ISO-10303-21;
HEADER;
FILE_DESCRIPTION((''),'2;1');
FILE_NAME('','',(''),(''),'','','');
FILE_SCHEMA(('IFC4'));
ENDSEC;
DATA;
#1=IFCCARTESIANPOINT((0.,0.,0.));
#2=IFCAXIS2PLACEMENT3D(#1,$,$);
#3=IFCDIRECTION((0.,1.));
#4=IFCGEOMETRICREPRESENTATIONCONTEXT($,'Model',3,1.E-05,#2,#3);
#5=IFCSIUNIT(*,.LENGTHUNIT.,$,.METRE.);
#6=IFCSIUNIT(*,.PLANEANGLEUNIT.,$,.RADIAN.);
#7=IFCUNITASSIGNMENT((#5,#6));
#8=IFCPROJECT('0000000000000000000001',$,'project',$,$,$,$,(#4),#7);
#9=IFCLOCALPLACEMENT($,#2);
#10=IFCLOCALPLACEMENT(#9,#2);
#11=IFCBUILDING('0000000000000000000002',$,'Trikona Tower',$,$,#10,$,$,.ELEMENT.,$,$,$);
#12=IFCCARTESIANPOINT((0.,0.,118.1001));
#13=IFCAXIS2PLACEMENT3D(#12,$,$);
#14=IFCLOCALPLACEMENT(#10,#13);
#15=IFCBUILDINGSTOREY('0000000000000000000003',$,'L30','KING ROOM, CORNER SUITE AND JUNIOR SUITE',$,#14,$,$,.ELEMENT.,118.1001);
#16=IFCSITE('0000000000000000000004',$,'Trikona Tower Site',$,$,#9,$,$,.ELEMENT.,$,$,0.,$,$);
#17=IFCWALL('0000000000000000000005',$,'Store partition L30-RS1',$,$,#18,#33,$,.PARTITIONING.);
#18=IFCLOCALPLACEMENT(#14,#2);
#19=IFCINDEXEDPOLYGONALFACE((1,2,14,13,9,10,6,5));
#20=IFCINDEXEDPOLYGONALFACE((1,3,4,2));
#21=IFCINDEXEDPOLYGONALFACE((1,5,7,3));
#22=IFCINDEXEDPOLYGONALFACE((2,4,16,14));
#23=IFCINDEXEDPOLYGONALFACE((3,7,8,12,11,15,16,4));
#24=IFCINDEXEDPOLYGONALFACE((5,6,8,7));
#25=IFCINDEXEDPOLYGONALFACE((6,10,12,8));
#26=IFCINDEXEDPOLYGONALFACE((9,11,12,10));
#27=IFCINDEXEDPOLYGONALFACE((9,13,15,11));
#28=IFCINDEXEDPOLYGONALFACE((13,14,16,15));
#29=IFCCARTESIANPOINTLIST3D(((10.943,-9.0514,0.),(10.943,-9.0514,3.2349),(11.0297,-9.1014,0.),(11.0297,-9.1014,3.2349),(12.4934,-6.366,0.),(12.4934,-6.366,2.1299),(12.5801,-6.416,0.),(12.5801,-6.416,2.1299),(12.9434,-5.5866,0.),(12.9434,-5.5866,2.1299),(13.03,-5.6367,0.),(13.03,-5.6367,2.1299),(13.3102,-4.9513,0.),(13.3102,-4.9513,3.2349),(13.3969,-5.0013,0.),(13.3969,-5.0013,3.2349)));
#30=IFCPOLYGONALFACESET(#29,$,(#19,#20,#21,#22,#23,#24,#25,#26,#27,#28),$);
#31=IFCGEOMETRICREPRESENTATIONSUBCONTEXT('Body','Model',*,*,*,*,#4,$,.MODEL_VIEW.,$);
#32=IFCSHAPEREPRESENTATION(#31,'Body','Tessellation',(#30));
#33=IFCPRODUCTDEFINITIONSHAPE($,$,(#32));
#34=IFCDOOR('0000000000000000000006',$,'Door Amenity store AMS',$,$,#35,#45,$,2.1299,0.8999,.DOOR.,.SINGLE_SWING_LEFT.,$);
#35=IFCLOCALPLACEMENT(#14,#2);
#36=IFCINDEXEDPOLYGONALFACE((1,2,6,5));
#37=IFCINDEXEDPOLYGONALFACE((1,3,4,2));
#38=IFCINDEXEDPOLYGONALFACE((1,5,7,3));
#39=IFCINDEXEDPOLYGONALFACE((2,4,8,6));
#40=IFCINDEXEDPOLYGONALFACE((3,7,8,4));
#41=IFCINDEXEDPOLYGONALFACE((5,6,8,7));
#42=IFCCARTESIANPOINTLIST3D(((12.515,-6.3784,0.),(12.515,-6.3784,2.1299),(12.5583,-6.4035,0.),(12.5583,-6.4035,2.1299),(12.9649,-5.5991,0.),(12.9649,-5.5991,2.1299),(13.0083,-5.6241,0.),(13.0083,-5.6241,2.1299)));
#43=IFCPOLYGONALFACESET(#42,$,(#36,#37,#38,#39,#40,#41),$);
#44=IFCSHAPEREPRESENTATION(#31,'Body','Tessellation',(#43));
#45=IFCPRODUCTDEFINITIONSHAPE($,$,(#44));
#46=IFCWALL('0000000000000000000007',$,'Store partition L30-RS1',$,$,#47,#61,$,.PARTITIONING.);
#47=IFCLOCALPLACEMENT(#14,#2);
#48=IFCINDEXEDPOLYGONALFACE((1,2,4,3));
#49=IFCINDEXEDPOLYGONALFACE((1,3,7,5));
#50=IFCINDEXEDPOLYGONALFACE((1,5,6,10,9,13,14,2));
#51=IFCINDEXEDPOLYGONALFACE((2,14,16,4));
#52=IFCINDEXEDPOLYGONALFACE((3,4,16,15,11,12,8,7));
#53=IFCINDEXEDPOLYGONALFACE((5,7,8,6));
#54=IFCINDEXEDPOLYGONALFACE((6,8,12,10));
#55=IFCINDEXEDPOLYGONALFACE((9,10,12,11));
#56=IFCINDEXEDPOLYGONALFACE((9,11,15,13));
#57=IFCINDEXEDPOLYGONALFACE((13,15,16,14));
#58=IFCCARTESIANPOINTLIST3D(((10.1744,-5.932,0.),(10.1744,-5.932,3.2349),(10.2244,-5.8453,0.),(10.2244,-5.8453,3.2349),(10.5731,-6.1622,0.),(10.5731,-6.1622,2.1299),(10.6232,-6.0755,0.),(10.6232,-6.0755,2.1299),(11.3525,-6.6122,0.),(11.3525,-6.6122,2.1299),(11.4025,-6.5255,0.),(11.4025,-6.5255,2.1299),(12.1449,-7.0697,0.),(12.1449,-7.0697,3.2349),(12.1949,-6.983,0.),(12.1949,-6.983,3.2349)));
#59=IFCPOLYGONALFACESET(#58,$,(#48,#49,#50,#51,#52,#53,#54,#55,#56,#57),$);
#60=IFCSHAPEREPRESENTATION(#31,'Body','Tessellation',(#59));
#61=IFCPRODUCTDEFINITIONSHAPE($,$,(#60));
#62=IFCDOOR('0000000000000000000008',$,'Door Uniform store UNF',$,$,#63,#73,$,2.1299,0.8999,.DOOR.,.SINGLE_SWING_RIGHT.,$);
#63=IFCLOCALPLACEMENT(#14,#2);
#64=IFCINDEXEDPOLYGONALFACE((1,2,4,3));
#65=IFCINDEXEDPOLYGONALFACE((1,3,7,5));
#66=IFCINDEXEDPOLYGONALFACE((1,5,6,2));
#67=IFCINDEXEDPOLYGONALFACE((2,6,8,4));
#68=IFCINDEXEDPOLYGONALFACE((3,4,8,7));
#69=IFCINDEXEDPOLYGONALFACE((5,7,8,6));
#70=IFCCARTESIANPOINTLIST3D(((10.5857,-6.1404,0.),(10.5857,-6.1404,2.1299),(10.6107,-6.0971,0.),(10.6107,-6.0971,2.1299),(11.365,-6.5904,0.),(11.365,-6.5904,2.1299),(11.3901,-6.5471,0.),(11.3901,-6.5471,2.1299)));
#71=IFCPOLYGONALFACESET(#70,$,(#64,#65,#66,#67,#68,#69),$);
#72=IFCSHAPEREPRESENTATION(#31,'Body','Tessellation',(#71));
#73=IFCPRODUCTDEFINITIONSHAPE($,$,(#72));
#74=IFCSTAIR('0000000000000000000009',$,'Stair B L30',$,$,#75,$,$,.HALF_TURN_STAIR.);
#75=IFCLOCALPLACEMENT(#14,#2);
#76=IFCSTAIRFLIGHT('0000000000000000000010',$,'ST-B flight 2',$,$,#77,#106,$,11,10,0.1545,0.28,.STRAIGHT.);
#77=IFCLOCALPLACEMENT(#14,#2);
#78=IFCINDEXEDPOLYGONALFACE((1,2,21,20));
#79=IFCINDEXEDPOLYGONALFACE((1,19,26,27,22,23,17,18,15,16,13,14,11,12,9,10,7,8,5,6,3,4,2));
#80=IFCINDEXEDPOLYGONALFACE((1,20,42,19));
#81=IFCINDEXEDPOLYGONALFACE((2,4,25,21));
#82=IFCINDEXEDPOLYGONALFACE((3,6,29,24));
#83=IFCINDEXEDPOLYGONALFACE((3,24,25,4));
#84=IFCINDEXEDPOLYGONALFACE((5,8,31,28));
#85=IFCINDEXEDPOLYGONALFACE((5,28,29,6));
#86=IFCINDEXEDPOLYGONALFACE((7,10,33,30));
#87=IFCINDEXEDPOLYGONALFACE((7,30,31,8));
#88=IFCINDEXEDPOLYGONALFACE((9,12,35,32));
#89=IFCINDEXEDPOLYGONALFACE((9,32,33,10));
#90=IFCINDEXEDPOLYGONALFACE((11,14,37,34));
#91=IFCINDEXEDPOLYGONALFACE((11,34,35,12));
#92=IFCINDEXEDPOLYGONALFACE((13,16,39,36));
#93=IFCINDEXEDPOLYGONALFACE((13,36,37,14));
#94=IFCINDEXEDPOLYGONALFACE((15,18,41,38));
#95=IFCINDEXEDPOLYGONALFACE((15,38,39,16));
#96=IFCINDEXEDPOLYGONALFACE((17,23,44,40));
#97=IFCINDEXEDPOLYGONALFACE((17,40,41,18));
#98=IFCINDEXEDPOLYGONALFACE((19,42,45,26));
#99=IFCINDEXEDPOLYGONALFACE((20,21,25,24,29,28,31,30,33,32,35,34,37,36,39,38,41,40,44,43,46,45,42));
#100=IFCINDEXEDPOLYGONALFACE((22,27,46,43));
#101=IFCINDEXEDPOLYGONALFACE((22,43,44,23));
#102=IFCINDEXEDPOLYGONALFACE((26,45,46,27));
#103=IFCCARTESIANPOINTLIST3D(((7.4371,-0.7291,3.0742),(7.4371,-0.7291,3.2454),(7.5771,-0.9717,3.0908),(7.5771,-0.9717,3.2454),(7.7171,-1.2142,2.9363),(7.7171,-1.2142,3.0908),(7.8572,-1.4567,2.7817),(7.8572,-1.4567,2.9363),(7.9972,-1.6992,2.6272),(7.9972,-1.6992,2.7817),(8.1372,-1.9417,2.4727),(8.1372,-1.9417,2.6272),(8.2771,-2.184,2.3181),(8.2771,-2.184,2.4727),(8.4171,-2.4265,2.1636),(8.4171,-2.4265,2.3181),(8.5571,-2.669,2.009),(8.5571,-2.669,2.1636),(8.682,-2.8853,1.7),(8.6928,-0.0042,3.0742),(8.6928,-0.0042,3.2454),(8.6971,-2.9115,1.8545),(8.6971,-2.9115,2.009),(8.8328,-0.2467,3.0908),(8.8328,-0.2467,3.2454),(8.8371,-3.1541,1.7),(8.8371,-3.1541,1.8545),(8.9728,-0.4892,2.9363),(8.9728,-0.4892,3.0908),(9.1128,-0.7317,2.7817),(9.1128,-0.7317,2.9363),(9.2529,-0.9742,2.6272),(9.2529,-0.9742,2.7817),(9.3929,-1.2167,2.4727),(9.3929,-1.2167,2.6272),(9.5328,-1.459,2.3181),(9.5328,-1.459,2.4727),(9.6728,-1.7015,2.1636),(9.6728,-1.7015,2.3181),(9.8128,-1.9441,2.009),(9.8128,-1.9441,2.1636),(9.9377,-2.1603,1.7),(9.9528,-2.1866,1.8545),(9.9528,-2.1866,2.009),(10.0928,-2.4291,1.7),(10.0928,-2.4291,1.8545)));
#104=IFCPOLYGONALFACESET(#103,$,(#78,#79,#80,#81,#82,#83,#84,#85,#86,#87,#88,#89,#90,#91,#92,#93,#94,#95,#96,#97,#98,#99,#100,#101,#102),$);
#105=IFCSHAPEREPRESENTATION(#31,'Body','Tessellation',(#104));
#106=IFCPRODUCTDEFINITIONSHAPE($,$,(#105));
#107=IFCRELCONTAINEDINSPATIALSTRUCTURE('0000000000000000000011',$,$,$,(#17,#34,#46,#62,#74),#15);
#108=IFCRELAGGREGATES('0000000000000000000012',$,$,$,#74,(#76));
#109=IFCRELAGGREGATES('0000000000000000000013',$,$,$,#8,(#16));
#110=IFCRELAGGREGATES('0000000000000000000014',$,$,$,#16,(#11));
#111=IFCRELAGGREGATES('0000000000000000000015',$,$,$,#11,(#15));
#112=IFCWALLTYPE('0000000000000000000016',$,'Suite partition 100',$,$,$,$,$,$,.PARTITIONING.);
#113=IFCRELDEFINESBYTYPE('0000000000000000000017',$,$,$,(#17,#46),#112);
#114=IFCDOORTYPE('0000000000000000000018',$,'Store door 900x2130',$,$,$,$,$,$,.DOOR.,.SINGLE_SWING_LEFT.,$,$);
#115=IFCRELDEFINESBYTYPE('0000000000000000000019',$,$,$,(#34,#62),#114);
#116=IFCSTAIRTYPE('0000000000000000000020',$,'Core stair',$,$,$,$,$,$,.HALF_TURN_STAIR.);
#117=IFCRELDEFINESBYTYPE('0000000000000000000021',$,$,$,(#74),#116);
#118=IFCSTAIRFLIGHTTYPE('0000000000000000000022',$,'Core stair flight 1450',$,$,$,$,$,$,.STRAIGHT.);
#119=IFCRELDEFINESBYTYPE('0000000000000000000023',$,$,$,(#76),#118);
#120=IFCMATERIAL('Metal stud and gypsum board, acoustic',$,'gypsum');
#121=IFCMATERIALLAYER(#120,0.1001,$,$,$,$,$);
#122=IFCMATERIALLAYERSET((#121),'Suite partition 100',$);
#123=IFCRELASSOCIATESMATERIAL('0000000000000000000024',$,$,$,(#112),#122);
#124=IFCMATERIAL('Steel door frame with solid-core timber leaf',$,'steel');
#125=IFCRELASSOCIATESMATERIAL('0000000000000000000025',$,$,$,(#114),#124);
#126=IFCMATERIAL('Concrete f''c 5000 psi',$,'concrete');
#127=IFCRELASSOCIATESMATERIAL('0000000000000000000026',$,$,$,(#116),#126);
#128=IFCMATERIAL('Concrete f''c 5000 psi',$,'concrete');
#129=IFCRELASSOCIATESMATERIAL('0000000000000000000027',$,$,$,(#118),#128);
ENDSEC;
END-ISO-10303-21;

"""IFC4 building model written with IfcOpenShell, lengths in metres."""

from ifc_helpers import new_model, si_unit, direction, frame, frame_2d, origin, place, context, subcontext, project, spatial, polyline, rectangle, outline, extrude, material, layer, layer_set, type_object, element, fill, aggregate, save


model = new_model("IFC4")

# Units and contexts
model_context = context("Model", 3, precision=1e-05, world=origin(), true_north=direction((0.0, 1.0)))
body_context = subcontext(model_context, "Body", "Model", "MODEL_VIEW")
ifc_project = project(units=[si_unit("LENGTHUNIT", "METRE"), si_unit("PLANEANGLEUNIT", "RADIAN")], contexts=[model_context])

# Site, building, storey
site_placement = place(None, origin())
site = spatial("IfcSite", under=ifc_project, at=site_placement, Name="Trikona Tower Site", CompositionType="ELEMENT", RefElevation=0.0)
building_placement = place(site_placement, origin())
building = spatial("IfcBuilding", under=site, at=building_placement, Name="Trikona Tower", CompositionType="ELEMENT")
storey_placement = place(building_placement, frame((0.0, 0.0, 118.1001)))
storey = spatial("IfcBuildingStorey", under=building, at=storey_placement, Name="L30", Description="KING ROOM, CORNER SUITE AND JUNIOR SUITE", CompositionType="ELEMENT", Elevation=118.1001)

# Walls, openings, doors
ifc_material_1 = material(Name="Metal stud and gypsum board, acoustic", Category="gypsum")
ifc_layer_1 = layer(ifc_material_1, 0.1001)
ifc_layer_set_1 = layer_set([ifc_layer_1], Name="Suite partition 100")
wall_type_1 = type_object("IfcWallType", Name="Suite partition 100", PredefinedType="PARTITIONING", material=ifc_layer_set_1)
wall_1_placement = place(storey_placement, frame((13.3535, -4.9763, 0.0), z_axis=(0.0, 0.0, 1.0), x_axis=(-0.499999, -0.866026, 0.0)))
wall_1 = element("IfcWall", 1, at=wall_1_placement, inside=storey, type_object=wall_type_1, Name="Store partition L30-RS1", PredefinedType="PARTITIONING", context=body_context, shape_type="SweptSolid", body=[
    extrude(rectangle(XDim=4.7344, YDim=0.1001, at=frame_2d((2.3672, 0.0))), origin(), (0.0, 0.0, 1.0), 3.2349),
])
opening_1_placement = place(wall_1_placement, frame((0.7336, 0.0, 0.0)))
opening_1 = element("IfcOpeningElement", 2, at=opening_1_placement, cuts=wall_1, PredefinedType="OPENING", context=body_context, shape_type="SweptSolid", body=[
    extrude(rectangle(XDim=0.8999, YDim=2.1299, at=frame_2d((0.45, 1.0649))), frame((0.0, 0.0601, 0.0), z_axis=(0.0, -1.0, 0.0), x_axis=(1.0, 0.0, 0.0)), (0.0, 0.0, 1.0), 0.1201),
])
ifc_material_2 = material(Name="Steel door frame with solid-core timber leaf", Category="steel")
door_type_1 = type_object("IfcDoorType", Name="Store door 900x2130", OperationType="SINGLE_SWING_LEFT", PredefinedType="DOOR", material=ifc_material_2)
door_1_placement = place(opening_1_placement, origin())
door_1 = element("IfcDoor", 3, at=door_1_placement, inside=storey, type_object=door_type_1, Name="Door Amenity store AMS", OperationType="SINGLE_SWING_LEFT", OverallHeight=2.1299, OverallWidth=0.8999, PredefinedType="DOOR", context=body_context, shape_type="SweptSolid", body=[
    extrude(rectangle(XDim=0.8999, YDim=2.1299, at=frame_2d((0.45, 1.0649))), frame((0.0, 0.0249, 0.0), z_axis=(0.0, -1.0, 0.0), x_axis=(1.0, 0.0, 0.0)), (0.0, 0.0, 1.0), 0.05),
])
fill(opening_1, door_1)
wall_2_placement = place(storey_placement, frame((12.1699, -7.0264, 0.0), z_axis=(0.0, 0.0, 1.0), x_axis=(-0.866016, 0.500017, 0.0)))
wall_2 = element("IfcWall", 4, at=wall_2_placement, inside=storey, type_object=wall_type_1, Name="Store partition L30-RS1", PredefinedType="PARTITIONING", context=body_context, shape_type="SweptSolid", body=[
    extrude(rectangle(XDim=2.2754, YDim=0.1001, at=frame_2d((1.1377, 0.0))), origin(), (0.0, 0.0, 1.0), 3.2349),
])
opening_2_placement = place(wall_2_placement, frame((0.915, 0.0, 0.0)))
opening_2 = element("IfcOpeningElement", 5, at=opening_2_placement, cuts=wall_2, PredefinedType="OPENING", context=body_context, shape_type="SweptSolid", body=[
    extrude(rectangle(XDim=0.8999, YDim=2.1299, at=frame_2d((0.45, 1.0649))), frame((0.0, 0.0601, 0.0), z_axis=(0.0, -1.0, 0.0), x_axis=(1.0, 0.0, 0.0)), (0.0, 0.0, 1.0), 0.1201),
])
door_2_placement = place(opening_2_placement, origin())
door_2 = element("IfcDoor", 6, at=door_2_placement, inside=storey, type_object=door_type_1, Name="Door Uniform store UNF", OperationType="SINGLE_SWING_RIGHT", OverallHeight=2.1299, OverallWidth=0.8999, PredefinedType="DOOR", context=body_context, shape_type="SweptSolid", body=[
    extrude(rectangle(XDim=0.8999, YDim=2.1299, at=frame_2d((0.45, 1.0649))), frame((0.0, 0.0249, 0.0), z_axis=(0.0, -1.0, 0.0), x_axis=(1.0, 0.0, 0.0)), (0.0, 0.0, 1.0), 0.05),
])
fill(opening_2, door_2)

# Stair, stair flight
ifc_material_3 = material(Name="Concrete f'c 5000 psi", Category="concrete")
stair_type = type_object("IfcStairType", Name="Core stair", PredefinedType="HALF_TURN_STAIR", material=ifc_material_3)
stair_placement = place(storey_placement, origin())
stair = element("IfcStair", 7, at=stair_placement, inside=storey, type_object=stair_type, Name="Stair B L30", PredefinedType="HALF_TURN_STAIR")
ifc_material_4 = material(Name="Concrete f'c 5000 psi", Category="concrete")
stair_flight_type = type_object("IfcStairFlightType", Name="Core stair flight 1450", PredefinedType="STRAIGHT", material=ifc_material_4)
stair_flight_placement = place(storey_placement, frame((9.4651, -2.7915, 1.7), z_axis=(0.0, 0.0, 1.0), x_axis=(-0.5, 0.866025, 0.0)))
stair_flight = element("IfcStairFlight", 8, at=stair_flight_placement, type_object=stair_flight_type, Name="ST-B flight 2", NumberOfRisers=11, NumberOfTreads=10, PredefinedType="STRAIGHT", RiserHeight=0.1545, TreadLength=0.28, context=body_context, shape_type="SweptSolid", body=[
    extrude(outline(polyline([(0.0, 0.0), (0.0, 0.1545), (0.28, 0.1545), (0.28, 0.3091), (0.5601, 0.3091), (0.5601, 0.4636), (0.8401, 0.4636), (0.8401, 0.6182), (1.1201, 0.6182), (1.1201, 0.7727), (1.3999, 0.7727), (1.3999, 0.9272), (1.6799, 0.9272), (1.6799, 1.0818), (1.96, 1.0818), (1.96, 1.2363), (2.24, 1.2363), (2.24, 1.3909), (2.52, 1.3909), (2.52, 1.5454), (2.8, 1.5454), (2.8, 1.7), (2.8, 1.3743), (0.3103, 0.0), (0.0, 0.0)])), frame((0.0, 0.7251, 0.0), z_axis=(0.0, -1.0, 0.0), x_axis=(1.0, 0.0, 0.0)), (0.0, 0.0, 1.0), 1.45),
])
aggregate(stair, [stair_flight])

save(model, "model.ifc")
